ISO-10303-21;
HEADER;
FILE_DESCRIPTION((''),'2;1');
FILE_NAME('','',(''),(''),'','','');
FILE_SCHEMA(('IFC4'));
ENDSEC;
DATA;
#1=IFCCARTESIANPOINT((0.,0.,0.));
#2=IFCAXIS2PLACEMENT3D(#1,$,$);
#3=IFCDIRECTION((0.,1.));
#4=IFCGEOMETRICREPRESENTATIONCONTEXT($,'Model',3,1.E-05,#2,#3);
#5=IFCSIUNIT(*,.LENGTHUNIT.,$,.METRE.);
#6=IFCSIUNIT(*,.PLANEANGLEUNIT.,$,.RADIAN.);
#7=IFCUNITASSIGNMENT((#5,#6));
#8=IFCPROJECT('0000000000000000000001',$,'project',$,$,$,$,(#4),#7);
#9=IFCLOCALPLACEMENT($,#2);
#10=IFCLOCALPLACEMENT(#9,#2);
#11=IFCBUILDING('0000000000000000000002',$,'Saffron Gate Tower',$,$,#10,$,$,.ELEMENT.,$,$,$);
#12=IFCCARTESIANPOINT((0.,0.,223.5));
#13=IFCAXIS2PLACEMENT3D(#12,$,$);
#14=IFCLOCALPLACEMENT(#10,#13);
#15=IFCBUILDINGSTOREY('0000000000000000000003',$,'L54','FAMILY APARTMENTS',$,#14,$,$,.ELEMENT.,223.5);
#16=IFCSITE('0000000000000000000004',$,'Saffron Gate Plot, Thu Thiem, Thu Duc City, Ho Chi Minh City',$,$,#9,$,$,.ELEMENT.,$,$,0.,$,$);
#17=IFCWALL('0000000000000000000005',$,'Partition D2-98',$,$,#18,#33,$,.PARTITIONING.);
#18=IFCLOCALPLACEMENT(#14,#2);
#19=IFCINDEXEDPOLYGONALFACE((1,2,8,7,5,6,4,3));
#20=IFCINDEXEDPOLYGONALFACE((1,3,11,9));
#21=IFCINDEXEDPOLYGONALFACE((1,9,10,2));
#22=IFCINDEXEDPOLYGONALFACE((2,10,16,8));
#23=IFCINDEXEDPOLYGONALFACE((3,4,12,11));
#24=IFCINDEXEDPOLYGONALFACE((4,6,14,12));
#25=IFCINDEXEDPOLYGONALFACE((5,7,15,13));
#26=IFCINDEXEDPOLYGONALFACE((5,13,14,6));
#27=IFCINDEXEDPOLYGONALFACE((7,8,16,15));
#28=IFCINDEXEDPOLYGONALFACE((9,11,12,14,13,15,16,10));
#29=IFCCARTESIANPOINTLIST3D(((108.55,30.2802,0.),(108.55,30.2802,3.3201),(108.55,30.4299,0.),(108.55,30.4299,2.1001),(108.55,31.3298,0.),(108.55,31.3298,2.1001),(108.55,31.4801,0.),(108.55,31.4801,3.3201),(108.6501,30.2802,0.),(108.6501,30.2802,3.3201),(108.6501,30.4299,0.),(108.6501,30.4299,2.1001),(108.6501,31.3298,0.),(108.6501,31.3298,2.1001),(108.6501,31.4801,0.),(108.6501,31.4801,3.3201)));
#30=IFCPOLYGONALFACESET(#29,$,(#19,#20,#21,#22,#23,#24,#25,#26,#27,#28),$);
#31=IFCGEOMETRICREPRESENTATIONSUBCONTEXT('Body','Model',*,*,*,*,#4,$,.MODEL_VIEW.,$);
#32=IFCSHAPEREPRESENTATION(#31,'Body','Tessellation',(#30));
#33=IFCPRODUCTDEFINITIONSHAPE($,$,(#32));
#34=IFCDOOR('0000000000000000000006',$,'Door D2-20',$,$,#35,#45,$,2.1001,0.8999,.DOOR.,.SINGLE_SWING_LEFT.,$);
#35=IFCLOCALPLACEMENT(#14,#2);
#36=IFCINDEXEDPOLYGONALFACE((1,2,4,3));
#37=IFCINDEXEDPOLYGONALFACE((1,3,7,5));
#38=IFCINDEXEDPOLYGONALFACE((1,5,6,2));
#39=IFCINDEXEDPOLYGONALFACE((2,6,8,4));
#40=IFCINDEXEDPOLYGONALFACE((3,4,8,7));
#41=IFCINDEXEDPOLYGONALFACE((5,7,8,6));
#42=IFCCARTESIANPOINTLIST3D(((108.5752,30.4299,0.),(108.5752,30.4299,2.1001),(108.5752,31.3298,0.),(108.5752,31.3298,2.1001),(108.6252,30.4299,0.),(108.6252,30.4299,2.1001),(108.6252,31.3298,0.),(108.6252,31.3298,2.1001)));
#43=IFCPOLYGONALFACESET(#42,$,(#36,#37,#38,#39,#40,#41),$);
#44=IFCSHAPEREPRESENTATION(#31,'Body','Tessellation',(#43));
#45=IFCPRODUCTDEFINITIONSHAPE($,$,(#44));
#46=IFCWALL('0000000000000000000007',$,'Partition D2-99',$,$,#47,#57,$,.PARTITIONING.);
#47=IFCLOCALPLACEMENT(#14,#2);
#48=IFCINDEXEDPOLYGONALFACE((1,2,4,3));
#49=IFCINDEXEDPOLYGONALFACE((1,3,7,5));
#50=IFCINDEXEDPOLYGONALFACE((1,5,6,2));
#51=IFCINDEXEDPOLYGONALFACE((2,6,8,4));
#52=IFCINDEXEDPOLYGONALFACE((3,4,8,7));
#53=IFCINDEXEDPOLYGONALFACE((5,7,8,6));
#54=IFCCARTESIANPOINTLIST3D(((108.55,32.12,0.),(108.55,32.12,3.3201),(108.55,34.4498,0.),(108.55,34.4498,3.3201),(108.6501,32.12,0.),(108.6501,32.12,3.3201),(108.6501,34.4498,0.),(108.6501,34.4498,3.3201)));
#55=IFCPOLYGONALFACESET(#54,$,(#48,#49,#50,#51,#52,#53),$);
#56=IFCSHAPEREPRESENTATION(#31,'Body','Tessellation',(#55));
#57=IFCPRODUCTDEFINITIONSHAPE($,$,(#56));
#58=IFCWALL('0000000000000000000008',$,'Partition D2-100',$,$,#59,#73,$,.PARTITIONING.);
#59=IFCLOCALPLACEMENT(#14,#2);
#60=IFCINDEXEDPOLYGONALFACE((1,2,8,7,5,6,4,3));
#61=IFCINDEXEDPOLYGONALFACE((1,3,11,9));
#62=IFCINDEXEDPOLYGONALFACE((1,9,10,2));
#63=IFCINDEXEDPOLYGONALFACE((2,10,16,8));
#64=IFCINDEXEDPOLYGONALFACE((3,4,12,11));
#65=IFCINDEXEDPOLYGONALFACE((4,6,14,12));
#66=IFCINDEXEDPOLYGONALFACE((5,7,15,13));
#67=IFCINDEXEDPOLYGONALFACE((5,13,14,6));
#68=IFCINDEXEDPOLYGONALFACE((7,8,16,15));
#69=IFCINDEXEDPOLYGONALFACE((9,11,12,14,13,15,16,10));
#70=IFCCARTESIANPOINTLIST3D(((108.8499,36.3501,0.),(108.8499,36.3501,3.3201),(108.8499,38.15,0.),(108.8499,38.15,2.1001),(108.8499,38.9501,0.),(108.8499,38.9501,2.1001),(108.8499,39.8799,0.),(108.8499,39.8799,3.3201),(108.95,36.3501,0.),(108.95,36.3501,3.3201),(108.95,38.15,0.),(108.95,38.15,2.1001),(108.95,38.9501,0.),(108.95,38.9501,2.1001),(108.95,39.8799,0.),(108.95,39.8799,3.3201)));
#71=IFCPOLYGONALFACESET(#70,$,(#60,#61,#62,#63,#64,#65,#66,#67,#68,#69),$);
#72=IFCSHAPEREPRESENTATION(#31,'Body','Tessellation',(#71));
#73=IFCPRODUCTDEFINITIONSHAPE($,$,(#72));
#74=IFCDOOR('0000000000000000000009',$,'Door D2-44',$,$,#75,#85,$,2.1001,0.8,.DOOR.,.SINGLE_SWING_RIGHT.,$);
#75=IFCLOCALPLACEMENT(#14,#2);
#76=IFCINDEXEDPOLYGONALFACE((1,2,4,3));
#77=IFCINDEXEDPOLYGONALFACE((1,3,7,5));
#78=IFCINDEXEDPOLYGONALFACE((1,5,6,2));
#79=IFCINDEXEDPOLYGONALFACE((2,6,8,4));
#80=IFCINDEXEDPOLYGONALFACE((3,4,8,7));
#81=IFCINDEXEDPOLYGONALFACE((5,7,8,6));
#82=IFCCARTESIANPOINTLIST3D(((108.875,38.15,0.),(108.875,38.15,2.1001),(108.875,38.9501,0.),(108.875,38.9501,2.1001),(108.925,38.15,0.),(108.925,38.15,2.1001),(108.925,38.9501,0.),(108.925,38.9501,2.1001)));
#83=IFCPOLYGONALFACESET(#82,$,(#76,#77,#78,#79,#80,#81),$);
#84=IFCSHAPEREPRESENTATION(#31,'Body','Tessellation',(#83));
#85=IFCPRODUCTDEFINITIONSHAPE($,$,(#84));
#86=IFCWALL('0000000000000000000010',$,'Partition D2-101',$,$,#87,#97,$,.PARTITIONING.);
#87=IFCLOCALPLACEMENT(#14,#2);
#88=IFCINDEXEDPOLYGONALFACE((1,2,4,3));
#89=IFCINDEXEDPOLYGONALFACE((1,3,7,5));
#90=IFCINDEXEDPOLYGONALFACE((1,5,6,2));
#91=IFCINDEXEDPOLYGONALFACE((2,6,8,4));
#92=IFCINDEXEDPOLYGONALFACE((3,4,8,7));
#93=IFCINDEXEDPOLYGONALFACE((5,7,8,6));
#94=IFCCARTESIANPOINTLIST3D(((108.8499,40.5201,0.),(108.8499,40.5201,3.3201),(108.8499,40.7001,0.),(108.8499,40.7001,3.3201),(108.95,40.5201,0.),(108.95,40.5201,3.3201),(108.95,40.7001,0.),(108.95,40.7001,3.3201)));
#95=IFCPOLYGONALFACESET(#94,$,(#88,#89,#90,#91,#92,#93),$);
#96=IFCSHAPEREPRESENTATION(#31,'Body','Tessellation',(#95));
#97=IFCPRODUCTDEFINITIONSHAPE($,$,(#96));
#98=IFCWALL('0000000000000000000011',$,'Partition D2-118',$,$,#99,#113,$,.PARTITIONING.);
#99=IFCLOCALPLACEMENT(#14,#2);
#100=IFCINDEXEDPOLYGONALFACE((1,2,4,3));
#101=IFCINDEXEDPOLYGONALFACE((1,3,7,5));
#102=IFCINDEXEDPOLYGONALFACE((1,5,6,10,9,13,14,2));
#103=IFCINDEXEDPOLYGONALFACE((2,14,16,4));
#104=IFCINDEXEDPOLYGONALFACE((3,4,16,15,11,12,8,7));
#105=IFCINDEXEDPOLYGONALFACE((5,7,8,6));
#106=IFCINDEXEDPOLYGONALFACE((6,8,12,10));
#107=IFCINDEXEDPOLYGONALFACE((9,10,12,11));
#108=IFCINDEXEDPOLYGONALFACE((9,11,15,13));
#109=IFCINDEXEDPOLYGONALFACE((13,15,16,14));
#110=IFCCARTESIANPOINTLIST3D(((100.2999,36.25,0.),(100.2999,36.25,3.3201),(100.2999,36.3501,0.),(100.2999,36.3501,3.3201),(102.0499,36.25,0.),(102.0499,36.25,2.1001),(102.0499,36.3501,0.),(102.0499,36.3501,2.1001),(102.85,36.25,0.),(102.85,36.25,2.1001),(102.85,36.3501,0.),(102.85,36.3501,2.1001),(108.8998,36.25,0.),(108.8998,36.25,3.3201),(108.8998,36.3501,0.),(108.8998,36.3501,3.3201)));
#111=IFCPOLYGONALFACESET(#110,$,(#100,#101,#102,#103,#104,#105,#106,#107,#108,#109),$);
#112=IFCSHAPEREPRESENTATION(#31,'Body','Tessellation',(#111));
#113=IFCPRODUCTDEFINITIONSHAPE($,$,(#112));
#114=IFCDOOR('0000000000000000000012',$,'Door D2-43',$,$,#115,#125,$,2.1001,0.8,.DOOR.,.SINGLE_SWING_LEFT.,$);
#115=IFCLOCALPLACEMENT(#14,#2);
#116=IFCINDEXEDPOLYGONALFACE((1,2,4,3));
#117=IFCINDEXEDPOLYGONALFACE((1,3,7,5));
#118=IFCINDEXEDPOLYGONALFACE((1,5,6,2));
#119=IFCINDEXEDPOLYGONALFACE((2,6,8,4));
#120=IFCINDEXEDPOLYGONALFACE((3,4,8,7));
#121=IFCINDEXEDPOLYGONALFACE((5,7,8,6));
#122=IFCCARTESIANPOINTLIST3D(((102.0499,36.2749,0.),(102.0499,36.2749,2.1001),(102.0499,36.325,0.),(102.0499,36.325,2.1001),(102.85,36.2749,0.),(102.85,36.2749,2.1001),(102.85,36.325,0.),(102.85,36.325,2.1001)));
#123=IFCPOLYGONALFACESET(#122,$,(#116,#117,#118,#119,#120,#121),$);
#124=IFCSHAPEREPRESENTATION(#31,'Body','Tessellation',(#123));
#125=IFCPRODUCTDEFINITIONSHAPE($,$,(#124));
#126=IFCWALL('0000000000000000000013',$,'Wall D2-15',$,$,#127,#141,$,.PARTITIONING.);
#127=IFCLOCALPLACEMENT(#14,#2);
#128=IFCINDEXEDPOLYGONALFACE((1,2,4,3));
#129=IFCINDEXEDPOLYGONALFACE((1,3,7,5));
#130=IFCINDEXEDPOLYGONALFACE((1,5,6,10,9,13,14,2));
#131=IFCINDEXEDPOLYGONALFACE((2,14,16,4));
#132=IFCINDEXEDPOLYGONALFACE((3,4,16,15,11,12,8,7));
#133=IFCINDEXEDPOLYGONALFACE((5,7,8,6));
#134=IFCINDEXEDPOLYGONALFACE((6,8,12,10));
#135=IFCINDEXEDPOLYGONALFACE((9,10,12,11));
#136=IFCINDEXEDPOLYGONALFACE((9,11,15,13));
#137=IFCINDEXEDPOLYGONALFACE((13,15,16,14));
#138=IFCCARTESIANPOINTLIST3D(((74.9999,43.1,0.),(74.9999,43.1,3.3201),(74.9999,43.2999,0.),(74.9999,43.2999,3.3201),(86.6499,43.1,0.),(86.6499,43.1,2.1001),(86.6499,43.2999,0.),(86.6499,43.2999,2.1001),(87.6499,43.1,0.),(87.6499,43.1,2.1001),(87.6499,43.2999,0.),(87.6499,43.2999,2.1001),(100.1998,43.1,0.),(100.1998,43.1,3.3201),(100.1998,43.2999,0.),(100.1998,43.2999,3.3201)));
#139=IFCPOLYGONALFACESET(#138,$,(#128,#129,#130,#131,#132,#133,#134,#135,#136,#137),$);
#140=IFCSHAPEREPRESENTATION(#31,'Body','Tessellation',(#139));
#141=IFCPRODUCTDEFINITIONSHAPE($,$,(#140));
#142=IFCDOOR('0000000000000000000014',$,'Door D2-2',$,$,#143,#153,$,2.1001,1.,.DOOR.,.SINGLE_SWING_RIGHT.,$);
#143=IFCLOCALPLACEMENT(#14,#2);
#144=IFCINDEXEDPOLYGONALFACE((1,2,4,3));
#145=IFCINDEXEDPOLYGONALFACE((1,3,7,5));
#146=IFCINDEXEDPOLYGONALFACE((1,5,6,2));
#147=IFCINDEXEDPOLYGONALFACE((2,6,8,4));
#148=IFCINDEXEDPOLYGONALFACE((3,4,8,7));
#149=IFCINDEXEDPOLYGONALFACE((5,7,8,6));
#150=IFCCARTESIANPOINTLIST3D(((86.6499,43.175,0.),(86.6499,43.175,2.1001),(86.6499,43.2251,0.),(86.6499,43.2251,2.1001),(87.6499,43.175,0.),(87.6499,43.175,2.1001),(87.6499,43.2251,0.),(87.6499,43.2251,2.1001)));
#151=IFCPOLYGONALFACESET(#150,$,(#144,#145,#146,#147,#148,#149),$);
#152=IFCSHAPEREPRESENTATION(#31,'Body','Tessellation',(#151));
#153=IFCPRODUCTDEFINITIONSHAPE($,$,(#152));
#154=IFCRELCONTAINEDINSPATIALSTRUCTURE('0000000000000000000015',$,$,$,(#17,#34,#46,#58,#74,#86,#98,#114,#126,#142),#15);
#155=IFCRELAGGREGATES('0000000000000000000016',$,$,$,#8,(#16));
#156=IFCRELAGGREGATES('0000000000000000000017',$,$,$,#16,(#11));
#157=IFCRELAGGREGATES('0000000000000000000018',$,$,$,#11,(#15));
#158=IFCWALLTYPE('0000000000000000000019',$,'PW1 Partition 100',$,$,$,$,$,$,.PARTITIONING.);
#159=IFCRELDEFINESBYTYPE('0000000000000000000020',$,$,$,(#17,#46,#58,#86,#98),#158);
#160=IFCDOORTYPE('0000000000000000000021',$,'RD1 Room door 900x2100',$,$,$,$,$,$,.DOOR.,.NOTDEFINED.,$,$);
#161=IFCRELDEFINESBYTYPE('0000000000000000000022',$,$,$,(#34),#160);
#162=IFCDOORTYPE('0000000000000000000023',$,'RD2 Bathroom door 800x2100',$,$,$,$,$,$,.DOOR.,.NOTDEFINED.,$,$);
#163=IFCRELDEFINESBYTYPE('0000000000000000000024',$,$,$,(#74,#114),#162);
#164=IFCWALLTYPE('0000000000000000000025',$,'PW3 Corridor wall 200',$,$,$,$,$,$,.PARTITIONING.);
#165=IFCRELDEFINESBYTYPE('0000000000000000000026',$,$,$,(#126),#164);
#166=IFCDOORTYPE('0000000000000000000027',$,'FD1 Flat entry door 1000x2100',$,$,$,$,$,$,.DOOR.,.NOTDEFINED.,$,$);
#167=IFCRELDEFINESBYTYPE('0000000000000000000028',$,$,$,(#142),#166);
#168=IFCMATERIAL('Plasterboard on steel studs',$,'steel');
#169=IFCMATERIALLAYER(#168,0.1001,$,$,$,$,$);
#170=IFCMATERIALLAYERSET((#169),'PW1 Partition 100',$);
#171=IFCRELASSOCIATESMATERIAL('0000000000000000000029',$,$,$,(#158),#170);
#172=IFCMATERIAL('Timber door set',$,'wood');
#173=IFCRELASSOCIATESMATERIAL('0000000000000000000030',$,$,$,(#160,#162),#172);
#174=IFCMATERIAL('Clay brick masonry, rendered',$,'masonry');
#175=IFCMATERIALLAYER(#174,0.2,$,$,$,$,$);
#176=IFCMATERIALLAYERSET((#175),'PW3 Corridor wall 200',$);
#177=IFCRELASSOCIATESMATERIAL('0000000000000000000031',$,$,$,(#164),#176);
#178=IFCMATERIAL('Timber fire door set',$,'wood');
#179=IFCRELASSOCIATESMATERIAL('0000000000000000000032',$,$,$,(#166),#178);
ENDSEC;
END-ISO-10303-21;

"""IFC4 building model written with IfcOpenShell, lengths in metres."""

from ifc_helpers import new_model, si_unit, direction, frame, frame_2d, origin, place, context, subcontext, project, spatial, rectangle, extrude, material, layer, layer_set, type_object, element, fill, save


model = new_model("IFC4")

# Units and contexts
model_context = context("Model", 3, precision=1e-05, world=origin(), true_north=direction((0.0, 1.0)))
body_context = subcontext(model_context, "Body", "Model", "MODEL_VIEW")
ifc_project = project(units=[si_unit("LENGTHUNIT", "METRE"), si_unit("PLANEANGLEUNIT", "RADIAN")], contexts=[model_context])

# Site, building, storey
site_placement = place(None, origin())
site = spatial("IfcSite", under=ifc_project, at=site_placement, Name="Saffron Gate Plot, Thu Thiem, Thu Duc City, Ho Chi Minh City", CompositionType="ELEMENT", RefElevation=0.0)
building_placement = place(site_placement, origin())
building = spatial("IfcBuilding", under=site, at=building_placement, Name="Saffron Gate Tower", CompositionType="ELEMENT")
storey_placement = place(building_placement, frame((0.0, 0.0, 223.5)))
storey = spatial("IfcBuildingStorey", under=building, at=storey_placement, Name="L54", Description="FAMILY APARTMENTS", CompositionType="ELEMENT", Elevation=223.5)

# Shared definitions
ifc_material_1 = material(Name="Plasterboard on steel studs", Category="steel")
ifc_layer_1 = layer(ifc_material_1, 0.1001)
ifc_layer_set_1 = layer_set([ifc_layer_1], Name="PW1 Partition 100")
wall_type_1 = type_object("IfcWallType", Name="PW1 Partition 100", PredefinedType="PARTITIONING", material=ifc_layer_set_1)

# Wall, opening, door
wall_1_placement = place(storey_placement, frame((108.6001, 30.28, 0.0), z_axis=(0.0, 0.0, 1.0), x_axis=(0.0, 1.0, 0.0)))
wall_1 = element("IfcWall", 1, at=wall_1_placement, inside=storey, type_object=wall_type_1, Name="Partition D2-98", PredefinedType="PARTITIONING", context=body_context, shape_type="SweptSolid", body=[
    extrude(rectangle(XDim=1.2, YDim=0.1001, at=frame_2d((0.6001, 0.0))), origin(), (0.0, 0.0, 1.0), 3.3201),
])
opening_1_placement = place(wall_1_placement, frame((0.1499, 0.0, 0.0)))
opening_1 = element("IfcOpeningElement", 2, at=opening_1_placement, cuts=wall_1, PredefinedType="OPENING", context=body_context, shape_type="SweptSolid", body=[
    extrude(rectangle(XDim=0.8999, YDim=2.1001, at=frame_2d((0.45, 1.05))), frame((0.0, 0.0601, 0.0), z_axis=(0.0, -1.0, 0.0), x_axis=(1.0, 0.0, 0.0)), (0.0, 0.0, 1.0), 0.1201),
])
ifc_material_2 = material(Name="Timber door set", Category="wood")
door_type_1 = type_object("IfcDoorType", Name="RD1 Room door 900x2100", OperationType="NOTDEFINED", PredefinedType="DOOR", material=ifc_material_2)
door_1_placement = place(opening_1_placement, origin())
door_1 = element("IfcDoor", 3, at=door_1_placement, inside=storey, type_object=door_type_1, Name="Door D2-20", OperationType="SINGLE_SWING_LEFT", OverallHeight=2.1001, OverallWidth=0.8999, PredefinedType="DOOR", context=body_context, shape_type="SweptSolid", body=[
    extrude(rectangle(XDim=0.8999, YDim=2.1001, at=frame_2d((0.45, 1.05))), frame((0.0, 0.0249, 0.0), z_axis=(0.0, -1.0, 0.0), x_axis=(1.0, 0.0, 0.0)), (0.0, 0.0, 1.0), 0.05),
])
fill(opening_1, door_1)

# Wall
wall_2_placement = place(storey_placement, frame((108.6001, 34.45, 0.0), z_axis=(0.0, 0.0, 1.0), x_axis=(0.0, -1.0, 0.0)))
element("IfcWall", 4, at=wall_2_placement, inside=storey, type_object=wall_type_1, Name="Partition D2-99", PredefinedType="PARTITIONING", context=body_context, shape_type="SweptSolid", body=[
    extrude(rectangle(XDim=2.3298, YDim=0.1001, at=frame_2d((1.165, 0.0))), origin(), (0.0, 0.0, 1.0), 3.3201),
])

# Wall, opening, door
wall_3_placement = place(storey_placement, frame((108.8999, 36.3501, 0.0), z_axis=(0.0, 0.0, 1.0), x_axis=(0.0, 1.0, 0.0)))
wall_3 = element("IfcWall", 5, at=wall_3_placement, inside=storey, type_object=wall_type_1, Name="Partition D2-100", PredefinedType="PARTITIONING", context=body_context, shape_type="SweptSolid", body=[
    extrude(rectangle(XDim=3.5298, YDim=0.1001, at=frame_2d((1.7649, 0.0))), origin(), (0.0, 0.0, 1.0), 3.3201),
])
opening_2_placement = place(wall_3_placement, frame((1.8, 0.0, 0.0)))
opening_2 = element("IfcOpeningElement", 6, at=opening_2_placement, cuts=wall_3, PredefinedType="OPENING", context=body_context, shape_type="SweptSolid", body=[
    extrude(rectangle(XDim=0.8, YDim=2.1001, at=frame_2d((0.3999, 1.05))), frame((0.0, 0.0601, 0.0), z_axis=(0.0, -1.0, 0.0), x_axis=(1.0, 0.0, 0.0)), (0.0, 0.0, 1.0), 0.1201),
])
door_type_2 = type_object("IfcDoorType", Name="RD2 Bathroom door 800x2100", OperationType="NOTDEFINED", PredefinedType="DOOR", material=ifc_material_2)
door_2_placement = place(opening_2_placement, origin())
door_2 = element("IfcDoor", 7, at=door_2_placement, inside=storey, type_object=door_type_2, Name="Door D2-44", OperationType="SINGLE_SWING_RIGHT", OverallHeight=2.1001, OverallWidth=0.8, PredefinedType="DOOR", context=body_context, shape_type="SweptSolid", body=[
    extrude(rectangle(XDim=0.8, YDim=2.1001, at=frame_2d((0.3999, 1.05))), frame((0.0, 0.0249, 0.0), z_axis=(0.0, -1.0, 0.0), x_axis=(1.0, 0.0, 0.0)), (0.0, 0.0, 1.0), 0.05),
])
fill(opening_2, door_2)

# Wall
wall_4_placement = place(storey_placement, frame((108.8999, 40.7, 0.0), z_axis=(0.0, 0.0, 1.0), x_axis=(0.0, -1.0, 0.0)))
element("IfcWall", 8, at=wall_4_placement, inside=storey, type_object=wall_type_1, Name="Partition D2-101", PredefinedType="PARTITIONING", context=body_context, shape_type="SweptSolid", body=[
    extrude(rectangle(XDim=0.1799, YDim=0.1001, at=frame_2d((0.0898, 0.0))), origin(), (0.0, 0.0, 1.0), 3.3201),
])

# Walls, openings, doors
wall_5_placement = place(storey_placement, frame((100.3, 36.3, 0.0), z_axis=(0.0, 0.0, 1.0), x_axis=(1.0, 0.0, 0.0)))
wall_5 = element("IfcWall", 9, at=wall_5_placement, inside=storey, type_object=wall_type_1, Name="Partition D2-118", PredefinedType="PARTITIONING", context=body_context, shape_type="SweptSolid", body=[
    extrude(rectangle(XDim=8.5999, YDim=0.1001, at=frame_2d((4.2998, 0.0))), origin(), (0.0, 0.0, 1.0), 3.3201),
])
opening_3_placement = place(wall_5_placement, frame((1.75, 0.0, 0.0)))
opening_3 = element("IfcOpeningElement", 10, at=opening_3_placement, cuts=wall_5, PredefinedType="OPENING", context=body_context, shape_type="SweptSolid", body=[
    extrude(rectangle(XDim=0.8, YDim=2.1001, at=frame_2d((0.3999, 1.05))), frame((0.0, 0.0601, 0.0), z_axis=(0.0, -1.0, 0.0), x_axis=(1.0, 0.0, 0.0)), (0.0, 0.0, 1.0), 0.1201),
])
door_3_placement = place(opening_3_placement, origin())
door_3 = element("IfcDoor", 11, at=door_3_placement, inside=storey, type_object=door_type_2, Name="Door D2-43", OperationType="SINGLE_SWING_LEFT", OverallHeight=2.1001, OverallWidth=0.8, PredefinedType="DOOR", context=body_context, shape_type="SweptSolid", body=[
    extrude(rectangle(XDim=0.8, YDim=2.1001, at=frame_2d((0.3999, 1.05))), frame((0.0, 0.0249, 0.0), z_axis=(0.0, -1.0, 0.0), x_axis=(1.0, 0.0, 0.0)), (0.0, 0.0, 1.0), 0.05),
])
fill(opening_3, door_3)
ifc_material_3 = material(Name="Clay brick masonry, rendered", Category="masonry")
ifc_layer_2 = layer(ifc_material_3, 0.2)
ifc_layer_set_2 = layer_set([ifc_layer_2], Name="PW3 Corridor wall 200")
wall_type_2 = type_object("IfcWallType", Name="PW3 Corridor wall 200", PredefinedType="PARTITIONING", material=ifc_layer_set_2)
wall_6_placement = place(storey_placement, frame((100.2, 43.2, 0.0), z_axis=(0.0, 0.0, 1.0), x_axis=(-1.0, 0.0, 0.0)))
wall_6 = element("IfcWall", 12, at=wall_6_placement, inside=storey, type_object=wall_type_2, Name="Wall D2-15", PredefinedType="PARTITIONING", context=body_context, shape_type="SweptSolid", body=[
    extrude(rectangle(XDim=25.2, YDim=0.2, at=frame_2d((12.6001, 0.0))), origin(), (0.0, 0.0, 1.0), 3.3201),
])
opening_4_placement = place(wall_6_placement, frame((12.55, 0.0, 0.0)))
opening_4 = element("IfcOpeningElement", 13, at=opening_4_placement, cuts=wall_6, PredefinedType="OPENING", context=body_context, shape_type="SweptSolid", body=[
    extrude(rectangle(XDim=1.0, YDim=2.1001, at=frame_2d((0.5, 1.05))), frame((0.0, 0.1099, 0.0), z_axis=(0.0, -1.0, 0.0), x_axis=(1.0, 0.0, 0.0)), (0.0, 0.0, 1.0), 0.22),
])
ifc_material_4 = material(Name="Timber fire door set", Category="wood")
door_type_3 = type_object("IfcDoorType", Name="FD1 Flat entry door 1000x2100", OperationType="NOTDEFINED", PredefinedType="DOOR", material=ifc_material_4)
door_4_placement = place(opening_4_placement, origin())
door_4 = element("IfcDoor", 14, at=door_4_placement, inside=storey, type_object=door_type_3, Name="Door D2-2", OperationType="SINGLE_SWING_RIGHT", OverallHeight=2.1001, OverallWidth=1.0, PredefinedType="DOOR", context=body_context, shape_type="SweptSolid", body=[
    extrude(rectangle(XDim=1.0, YDim=2.1001, at=frame_2d((0.5, 1.05))), frame((0.0, 0.0249, 0.0), z_axis=(0.0, -1.0, 0.0), x_axis=(1.0, 0.0, 0.0)), (0.0, 0.0, 1.0), 0.05),
])
fill(opening_4, door_4)

save(model, "model.ifc")
